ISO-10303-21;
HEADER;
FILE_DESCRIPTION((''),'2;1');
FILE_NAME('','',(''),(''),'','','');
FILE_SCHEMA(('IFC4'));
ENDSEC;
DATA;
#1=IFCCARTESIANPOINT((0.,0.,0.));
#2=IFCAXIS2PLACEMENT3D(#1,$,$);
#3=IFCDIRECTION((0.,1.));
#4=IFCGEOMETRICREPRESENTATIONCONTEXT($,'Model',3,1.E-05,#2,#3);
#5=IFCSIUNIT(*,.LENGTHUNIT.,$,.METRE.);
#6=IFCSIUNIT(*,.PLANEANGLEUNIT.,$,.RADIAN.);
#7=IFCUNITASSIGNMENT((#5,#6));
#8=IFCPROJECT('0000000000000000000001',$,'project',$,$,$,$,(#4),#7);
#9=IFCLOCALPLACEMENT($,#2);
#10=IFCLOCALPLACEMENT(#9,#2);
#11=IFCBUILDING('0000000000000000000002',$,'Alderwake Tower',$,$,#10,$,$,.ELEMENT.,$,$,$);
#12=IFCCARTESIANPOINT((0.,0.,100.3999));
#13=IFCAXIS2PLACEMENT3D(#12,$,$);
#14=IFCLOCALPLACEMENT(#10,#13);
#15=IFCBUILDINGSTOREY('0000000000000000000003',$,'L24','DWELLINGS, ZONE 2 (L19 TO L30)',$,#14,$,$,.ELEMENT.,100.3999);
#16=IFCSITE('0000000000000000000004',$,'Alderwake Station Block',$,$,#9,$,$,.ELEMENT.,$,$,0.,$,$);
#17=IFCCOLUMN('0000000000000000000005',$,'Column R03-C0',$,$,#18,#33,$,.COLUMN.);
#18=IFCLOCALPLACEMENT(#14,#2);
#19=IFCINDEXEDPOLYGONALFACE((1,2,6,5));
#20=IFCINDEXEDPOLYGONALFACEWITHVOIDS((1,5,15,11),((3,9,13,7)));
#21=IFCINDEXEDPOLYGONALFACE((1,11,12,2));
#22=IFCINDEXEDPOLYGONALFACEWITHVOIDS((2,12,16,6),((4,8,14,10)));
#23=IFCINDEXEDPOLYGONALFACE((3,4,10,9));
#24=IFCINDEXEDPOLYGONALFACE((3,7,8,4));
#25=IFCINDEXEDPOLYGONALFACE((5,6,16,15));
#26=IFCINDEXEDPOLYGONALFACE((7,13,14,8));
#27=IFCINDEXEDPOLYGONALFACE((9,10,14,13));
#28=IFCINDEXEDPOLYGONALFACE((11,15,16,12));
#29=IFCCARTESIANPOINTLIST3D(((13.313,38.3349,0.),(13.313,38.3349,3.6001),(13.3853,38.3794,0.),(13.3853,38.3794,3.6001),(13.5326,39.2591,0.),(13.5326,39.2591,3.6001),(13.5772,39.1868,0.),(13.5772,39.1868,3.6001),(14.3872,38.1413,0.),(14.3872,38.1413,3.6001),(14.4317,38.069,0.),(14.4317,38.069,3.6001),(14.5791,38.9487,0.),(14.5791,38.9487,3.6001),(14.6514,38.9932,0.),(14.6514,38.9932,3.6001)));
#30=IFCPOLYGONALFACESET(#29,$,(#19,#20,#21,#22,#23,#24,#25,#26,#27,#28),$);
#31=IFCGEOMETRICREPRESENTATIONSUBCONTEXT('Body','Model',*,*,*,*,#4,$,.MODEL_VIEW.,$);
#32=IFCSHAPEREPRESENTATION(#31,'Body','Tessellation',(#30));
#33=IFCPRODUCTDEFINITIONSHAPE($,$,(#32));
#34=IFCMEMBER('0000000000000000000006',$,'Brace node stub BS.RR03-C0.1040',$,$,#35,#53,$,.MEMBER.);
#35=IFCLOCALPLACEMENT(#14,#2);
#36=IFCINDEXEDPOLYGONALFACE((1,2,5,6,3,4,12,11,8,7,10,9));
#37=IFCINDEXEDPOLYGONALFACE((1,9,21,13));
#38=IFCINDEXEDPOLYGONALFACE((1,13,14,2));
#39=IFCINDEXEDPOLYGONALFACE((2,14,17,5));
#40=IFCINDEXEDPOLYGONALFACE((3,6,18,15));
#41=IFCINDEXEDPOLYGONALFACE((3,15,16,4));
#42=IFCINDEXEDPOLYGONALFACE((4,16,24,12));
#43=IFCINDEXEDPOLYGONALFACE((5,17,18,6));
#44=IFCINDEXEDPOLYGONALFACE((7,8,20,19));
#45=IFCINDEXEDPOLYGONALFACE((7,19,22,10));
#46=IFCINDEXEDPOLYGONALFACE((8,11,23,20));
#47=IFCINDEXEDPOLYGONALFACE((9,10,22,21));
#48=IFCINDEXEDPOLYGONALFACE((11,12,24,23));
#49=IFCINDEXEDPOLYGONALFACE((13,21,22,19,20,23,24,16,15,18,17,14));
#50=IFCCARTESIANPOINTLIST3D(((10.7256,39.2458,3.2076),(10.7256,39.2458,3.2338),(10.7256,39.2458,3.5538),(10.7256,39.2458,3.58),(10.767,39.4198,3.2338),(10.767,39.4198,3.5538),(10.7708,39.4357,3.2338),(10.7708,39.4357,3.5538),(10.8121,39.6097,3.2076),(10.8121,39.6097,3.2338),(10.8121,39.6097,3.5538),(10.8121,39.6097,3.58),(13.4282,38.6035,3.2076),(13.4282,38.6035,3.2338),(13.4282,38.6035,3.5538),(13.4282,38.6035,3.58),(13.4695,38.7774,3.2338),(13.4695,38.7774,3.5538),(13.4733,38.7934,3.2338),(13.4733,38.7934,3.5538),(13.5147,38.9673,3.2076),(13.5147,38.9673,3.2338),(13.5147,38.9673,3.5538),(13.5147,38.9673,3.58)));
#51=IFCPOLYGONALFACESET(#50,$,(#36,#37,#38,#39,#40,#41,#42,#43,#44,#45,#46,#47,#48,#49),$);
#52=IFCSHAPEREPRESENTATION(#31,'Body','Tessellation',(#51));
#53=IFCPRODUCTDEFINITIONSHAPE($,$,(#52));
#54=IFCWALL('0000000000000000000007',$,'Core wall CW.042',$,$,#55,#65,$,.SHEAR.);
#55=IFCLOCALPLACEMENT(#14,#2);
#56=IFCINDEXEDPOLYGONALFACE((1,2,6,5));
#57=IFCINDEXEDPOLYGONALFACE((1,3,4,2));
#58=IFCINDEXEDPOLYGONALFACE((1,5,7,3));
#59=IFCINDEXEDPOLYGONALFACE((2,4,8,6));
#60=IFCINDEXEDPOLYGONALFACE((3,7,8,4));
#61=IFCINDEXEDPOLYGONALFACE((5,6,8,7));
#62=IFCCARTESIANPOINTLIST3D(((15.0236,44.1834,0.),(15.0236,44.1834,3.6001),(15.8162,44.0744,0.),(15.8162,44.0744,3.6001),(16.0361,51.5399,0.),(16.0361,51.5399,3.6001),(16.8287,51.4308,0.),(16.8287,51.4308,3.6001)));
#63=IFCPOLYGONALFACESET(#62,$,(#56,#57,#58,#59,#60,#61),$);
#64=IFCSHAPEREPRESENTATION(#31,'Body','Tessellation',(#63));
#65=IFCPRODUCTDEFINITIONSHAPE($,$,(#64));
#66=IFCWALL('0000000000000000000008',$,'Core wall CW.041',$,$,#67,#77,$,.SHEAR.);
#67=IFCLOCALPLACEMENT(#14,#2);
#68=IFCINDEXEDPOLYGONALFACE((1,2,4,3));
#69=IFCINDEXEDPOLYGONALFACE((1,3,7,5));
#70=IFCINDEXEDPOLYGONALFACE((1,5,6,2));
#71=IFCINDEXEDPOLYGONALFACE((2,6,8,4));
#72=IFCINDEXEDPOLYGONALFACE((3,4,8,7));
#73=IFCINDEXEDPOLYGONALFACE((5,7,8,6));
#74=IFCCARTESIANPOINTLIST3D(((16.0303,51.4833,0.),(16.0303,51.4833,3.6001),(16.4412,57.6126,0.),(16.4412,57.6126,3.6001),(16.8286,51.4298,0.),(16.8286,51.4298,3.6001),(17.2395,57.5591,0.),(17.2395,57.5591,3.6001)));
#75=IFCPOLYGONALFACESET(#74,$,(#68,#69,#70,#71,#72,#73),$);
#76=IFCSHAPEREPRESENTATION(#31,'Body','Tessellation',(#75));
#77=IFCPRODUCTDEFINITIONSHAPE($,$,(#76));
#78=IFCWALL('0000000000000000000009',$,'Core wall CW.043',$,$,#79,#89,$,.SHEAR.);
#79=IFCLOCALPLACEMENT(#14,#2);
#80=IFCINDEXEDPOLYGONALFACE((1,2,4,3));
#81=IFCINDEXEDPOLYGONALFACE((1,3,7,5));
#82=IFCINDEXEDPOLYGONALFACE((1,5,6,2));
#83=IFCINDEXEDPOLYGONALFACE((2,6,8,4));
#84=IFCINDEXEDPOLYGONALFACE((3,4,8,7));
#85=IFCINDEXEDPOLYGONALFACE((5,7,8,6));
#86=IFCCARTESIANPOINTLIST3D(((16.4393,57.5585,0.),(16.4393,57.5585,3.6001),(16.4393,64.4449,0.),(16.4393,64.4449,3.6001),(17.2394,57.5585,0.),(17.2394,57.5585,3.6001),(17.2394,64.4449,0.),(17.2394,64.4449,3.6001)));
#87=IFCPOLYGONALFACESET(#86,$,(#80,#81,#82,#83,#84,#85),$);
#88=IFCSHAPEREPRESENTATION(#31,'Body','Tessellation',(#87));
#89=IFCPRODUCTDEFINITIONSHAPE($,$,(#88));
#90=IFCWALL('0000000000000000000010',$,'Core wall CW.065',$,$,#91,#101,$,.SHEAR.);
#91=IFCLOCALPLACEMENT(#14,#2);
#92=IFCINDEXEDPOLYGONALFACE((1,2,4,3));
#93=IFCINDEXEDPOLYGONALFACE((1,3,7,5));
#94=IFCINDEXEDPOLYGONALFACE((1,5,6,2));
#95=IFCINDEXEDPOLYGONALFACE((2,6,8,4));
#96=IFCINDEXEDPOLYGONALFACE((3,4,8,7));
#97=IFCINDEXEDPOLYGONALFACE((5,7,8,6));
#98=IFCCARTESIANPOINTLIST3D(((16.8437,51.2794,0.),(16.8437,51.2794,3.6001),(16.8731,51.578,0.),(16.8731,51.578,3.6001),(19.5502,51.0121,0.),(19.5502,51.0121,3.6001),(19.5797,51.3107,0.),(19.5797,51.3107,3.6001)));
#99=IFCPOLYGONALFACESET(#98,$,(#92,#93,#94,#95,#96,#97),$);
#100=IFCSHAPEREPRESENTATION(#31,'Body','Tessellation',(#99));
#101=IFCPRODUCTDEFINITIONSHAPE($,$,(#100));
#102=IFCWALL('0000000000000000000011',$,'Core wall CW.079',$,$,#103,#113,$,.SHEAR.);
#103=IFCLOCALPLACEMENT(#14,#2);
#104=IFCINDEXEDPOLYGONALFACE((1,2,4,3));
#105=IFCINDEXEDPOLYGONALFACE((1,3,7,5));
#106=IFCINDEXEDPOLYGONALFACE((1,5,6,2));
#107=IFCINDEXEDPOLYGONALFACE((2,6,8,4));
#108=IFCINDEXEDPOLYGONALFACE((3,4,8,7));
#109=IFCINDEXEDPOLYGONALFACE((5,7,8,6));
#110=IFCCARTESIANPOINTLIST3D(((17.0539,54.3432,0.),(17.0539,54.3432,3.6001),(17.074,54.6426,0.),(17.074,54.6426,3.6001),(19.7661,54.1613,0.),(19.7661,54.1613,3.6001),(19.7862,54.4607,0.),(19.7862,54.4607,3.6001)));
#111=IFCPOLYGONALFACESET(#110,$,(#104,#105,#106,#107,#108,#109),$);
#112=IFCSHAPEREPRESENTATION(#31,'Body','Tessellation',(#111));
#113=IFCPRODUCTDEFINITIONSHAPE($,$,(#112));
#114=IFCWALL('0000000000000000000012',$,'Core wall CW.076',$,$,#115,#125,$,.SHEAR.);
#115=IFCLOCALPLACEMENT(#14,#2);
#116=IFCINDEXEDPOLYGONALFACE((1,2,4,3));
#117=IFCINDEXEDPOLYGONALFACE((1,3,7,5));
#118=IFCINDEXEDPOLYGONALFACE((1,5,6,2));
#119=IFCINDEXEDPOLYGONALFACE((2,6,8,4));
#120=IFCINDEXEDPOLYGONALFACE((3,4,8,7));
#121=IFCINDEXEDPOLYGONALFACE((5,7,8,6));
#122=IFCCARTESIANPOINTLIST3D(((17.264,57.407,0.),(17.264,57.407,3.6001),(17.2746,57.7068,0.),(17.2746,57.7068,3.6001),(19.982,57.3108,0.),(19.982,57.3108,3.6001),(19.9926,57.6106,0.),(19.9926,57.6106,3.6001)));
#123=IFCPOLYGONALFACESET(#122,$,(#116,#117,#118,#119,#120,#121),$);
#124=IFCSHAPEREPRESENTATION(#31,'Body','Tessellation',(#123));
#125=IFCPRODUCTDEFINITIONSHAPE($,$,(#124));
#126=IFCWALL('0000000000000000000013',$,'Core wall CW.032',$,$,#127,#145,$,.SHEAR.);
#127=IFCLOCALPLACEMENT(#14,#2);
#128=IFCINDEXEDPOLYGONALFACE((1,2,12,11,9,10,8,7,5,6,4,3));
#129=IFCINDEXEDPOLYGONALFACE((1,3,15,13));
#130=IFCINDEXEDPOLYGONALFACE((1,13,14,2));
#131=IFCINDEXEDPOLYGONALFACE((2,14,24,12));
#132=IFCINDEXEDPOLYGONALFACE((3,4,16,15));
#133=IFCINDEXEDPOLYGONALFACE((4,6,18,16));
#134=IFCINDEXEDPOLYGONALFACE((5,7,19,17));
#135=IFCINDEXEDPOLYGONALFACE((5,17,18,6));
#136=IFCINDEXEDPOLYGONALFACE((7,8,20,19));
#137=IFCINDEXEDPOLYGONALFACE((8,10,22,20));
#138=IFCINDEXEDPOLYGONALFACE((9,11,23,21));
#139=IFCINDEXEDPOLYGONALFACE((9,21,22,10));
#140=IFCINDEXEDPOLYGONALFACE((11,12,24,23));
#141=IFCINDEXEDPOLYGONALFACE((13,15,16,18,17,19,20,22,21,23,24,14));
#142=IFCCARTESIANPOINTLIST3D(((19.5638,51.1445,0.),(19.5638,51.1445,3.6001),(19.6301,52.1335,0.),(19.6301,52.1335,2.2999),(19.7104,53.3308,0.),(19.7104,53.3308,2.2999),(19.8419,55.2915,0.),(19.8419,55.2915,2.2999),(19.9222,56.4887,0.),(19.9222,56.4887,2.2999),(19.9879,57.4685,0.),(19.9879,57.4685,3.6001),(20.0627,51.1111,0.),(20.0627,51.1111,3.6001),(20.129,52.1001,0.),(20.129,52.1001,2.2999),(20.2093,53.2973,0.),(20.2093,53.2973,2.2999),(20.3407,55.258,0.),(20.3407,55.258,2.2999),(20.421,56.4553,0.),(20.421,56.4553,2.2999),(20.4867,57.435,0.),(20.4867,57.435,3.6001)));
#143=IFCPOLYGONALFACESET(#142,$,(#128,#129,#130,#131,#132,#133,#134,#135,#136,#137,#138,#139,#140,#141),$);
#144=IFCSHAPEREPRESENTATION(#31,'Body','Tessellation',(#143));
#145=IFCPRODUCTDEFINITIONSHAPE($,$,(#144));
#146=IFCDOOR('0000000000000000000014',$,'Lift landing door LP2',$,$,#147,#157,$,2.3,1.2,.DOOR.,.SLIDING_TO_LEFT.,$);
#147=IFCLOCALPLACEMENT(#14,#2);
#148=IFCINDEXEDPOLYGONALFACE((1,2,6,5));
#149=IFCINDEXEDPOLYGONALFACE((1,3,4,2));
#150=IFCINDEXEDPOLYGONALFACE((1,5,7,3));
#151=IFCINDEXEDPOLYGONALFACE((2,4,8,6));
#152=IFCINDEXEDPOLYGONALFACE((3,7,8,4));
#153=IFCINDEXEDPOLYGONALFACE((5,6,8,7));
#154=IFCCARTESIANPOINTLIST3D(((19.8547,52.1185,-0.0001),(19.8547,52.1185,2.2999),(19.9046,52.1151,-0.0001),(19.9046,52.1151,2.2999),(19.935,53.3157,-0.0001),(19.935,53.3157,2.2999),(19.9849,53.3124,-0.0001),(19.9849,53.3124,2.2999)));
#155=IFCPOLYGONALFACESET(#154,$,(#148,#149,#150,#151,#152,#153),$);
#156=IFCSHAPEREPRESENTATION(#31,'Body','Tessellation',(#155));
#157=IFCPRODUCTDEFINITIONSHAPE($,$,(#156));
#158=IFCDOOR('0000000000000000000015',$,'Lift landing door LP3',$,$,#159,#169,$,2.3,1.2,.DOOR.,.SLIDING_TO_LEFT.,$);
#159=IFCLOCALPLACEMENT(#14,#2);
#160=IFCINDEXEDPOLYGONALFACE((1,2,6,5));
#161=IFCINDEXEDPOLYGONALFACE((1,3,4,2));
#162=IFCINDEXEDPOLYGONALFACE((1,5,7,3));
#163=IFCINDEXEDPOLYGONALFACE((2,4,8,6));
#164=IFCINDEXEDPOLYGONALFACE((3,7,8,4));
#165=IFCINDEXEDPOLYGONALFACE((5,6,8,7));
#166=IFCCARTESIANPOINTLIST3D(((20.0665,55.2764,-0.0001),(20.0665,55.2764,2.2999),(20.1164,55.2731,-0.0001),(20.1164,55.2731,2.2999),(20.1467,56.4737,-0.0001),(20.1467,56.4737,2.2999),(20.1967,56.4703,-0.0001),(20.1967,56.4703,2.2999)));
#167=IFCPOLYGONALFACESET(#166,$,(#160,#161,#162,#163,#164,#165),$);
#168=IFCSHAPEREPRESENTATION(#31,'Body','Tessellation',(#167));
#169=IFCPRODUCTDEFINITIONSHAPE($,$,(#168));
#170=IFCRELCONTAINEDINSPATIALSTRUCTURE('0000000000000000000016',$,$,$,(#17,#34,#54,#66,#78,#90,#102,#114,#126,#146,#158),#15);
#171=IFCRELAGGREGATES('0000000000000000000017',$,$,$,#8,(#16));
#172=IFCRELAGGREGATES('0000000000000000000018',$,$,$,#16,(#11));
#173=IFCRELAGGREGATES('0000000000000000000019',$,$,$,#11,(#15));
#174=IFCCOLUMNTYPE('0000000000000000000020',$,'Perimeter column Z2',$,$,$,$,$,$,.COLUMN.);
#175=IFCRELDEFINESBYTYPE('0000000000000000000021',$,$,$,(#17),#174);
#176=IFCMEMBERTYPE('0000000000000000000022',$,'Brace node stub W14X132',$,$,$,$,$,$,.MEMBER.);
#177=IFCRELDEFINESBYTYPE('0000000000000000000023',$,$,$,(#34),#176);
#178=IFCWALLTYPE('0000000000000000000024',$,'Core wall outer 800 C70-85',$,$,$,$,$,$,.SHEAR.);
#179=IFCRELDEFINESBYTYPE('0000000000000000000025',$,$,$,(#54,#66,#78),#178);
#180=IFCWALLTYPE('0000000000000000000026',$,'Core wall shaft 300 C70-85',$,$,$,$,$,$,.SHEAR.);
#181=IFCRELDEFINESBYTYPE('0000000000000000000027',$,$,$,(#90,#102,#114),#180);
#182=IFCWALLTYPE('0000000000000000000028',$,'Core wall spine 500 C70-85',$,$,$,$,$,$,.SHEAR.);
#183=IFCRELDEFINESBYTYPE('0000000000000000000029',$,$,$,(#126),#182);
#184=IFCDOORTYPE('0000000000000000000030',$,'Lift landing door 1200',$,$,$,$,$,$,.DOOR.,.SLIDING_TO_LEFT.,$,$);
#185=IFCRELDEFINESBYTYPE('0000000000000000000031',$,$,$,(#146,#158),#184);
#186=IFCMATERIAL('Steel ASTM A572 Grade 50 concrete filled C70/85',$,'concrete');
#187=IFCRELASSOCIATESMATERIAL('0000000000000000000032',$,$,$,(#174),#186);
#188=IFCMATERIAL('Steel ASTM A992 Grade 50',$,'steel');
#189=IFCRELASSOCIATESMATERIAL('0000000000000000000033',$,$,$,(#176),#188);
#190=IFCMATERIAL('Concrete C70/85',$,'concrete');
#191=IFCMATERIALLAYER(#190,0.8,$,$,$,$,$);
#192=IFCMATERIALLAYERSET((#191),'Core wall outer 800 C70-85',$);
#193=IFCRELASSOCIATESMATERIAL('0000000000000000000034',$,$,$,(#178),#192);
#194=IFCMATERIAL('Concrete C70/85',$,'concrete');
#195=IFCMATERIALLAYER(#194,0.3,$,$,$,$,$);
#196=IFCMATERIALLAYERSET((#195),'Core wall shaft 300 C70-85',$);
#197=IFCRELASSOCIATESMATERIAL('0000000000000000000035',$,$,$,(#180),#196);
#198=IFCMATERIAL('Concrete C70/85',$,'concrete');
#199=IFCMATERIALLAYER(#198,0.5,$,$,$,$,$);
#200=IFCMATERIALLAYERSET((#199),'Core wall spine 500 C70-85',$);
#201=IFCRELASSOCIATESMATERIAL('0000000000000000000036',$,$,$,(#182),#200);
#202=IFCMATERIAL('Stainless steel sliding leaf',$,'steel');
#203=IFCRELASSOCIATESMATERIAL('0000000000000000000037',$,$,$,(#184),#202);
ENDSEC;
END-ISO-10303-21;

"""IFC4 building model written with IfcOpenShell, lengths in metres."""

from ifc_helpers import new_model, si_unit, direction, frame, frame_2d, origin, origin_2d, place, context, subcontext, project, spatial, rectangle, hollow_rectangle, i_section, extrude, material, layer, layer_set, material_profile, profile_set, type_object, element, fill, save


model = new_model("IFC4")

# Units and contexts
model_context = context("Model", 3, precision=1e-05, world=origin(), true_north=direction((0.0, 1.0)))
body_context = subcontext(model_context, "Body", "Model", "MODEL_VIEW")
ifc_project = project(units=[si_unit("LENGTHUNIT", "METRE"), si_unit("PLANEANGLEUNIT", "RADIAN")], contexts=[model_context])

# Site, building, storey
site_placement = place(None, origin())
site = spatial("IfcSite", under=ifc_project, at=site_placement, Name="Alderwake Station Block", CompositionType="ELEMENT", RefElevation=0.0)
building_placement = place(site_placement, origin())
building = spatial("IfcBuilding", under=site, at=building_placement, Name="Alderwake Tower", CompositionType="ELEMENT")
storey_placement = place(building_placement, frame((0.0, 0.0, 100.3999)))
storey = spatial("IfcBuildingStorey", under=building, at=storey_placement, Name="L24", Description="DWELLINGS, ZONE 2 (L19 TO L30)", CompositionType="ELEMENT", Elevation=100.3999)

# Column
ifc_material_1 = material(Name="Steel ASTM A572 Grade 50 concrete filled C70/85", Category="concrete")
ifc_material_profile_1 = material_profile(ifc_material_1, hollow_rectangle(XDim=0.95, YDim=1.1499, WallThickness=0.0601, at=origin_2d()), Name="BOX 1150X950X60")
ifc_profile_set_1 = profile_set([ifc_material_profile_1], Name="Steel ASTM A572 Grade 50 concrete filled C70/85")
column_type = type_object("IfcColumnType", Name="Perimeter column Z2", PredefinedType="COLUMN", material=ifc_profile_set_1)
column_placement = place(storey_placement, frame((13.9822, 38.6641, 0.0), z_axis=(0.0, 0.0, 1.0), x_axis=(0.231222, 0.972901, 0.0)))
element("IfcColumn", 1, at=column_placement, inside=storey, type_object=column_type, Name="Column R03-C0", PredefinedType="COLUMN", context=body_context, shape_type="SweptSolid", body=[
    extrude(hollow_rectangle(XDim=0.95, YDim=1.1499, WallThickness=0.0601, at=origin_2d()), origin(), (0.0, 0.0, 1.0), 3.6001),
])

# Member
ifc_material_2 = material(Name="Steel ASTM A992 Grade 50", Category="steel")
ifc_material_profile_2 = material_profile(ifc_material_2, i_section(OverallWidth=0.374, OverallDepth=0.3723, WebThickness=0.0164, FlangeThickness=0.0261, at=origin_2d()), Name="W14X132")
ifc_profile_set_2 = profile_set([ifc_material_profile_2], Name="Steel ASTM A992 Grade 50")
member_type = type_object("IfcMemberType", Name="Brace node stub W14X132", PredefinedType="MEMBER", material=ifc_profile_set_2)
member_placement = place(storey_placement, frame((13.4714, 38.7854, 3.3938), z_axis=(-0.972899, 0.231228, 0.0), x_axis=(-0.231228, -0.972899, 0.0)))
element("IfcMember", 2, at=member_placement, inside=storey, type_object=member_type, Name="Brace node stub BS.RR03-C0.1040", PredefinedType="MEMBER", context=body_context, shape_type="SweptSolid", body=[
    extrude(i_section(OverallWidth=0.374, OverallDepth=0.3723, WebThickness=0.0164, FlangeThickness=0.0261, at=origin_2d()), origin(), (0.0, 0.0, 1.0), 2.7778),
])

# Walls
ifc_material_3 = material(Name="Concrete C70/85", Category="concrete")
ifc_layer_1 = layer(ifc_material_3, 0.8)
ifc_layer_set_1 = layer_set([ifc_layer_1], Name="Core wall outer 800 C70-85")
wall_type_1 = type_object("IfcWallType", Name="Core wall outer 800 C70-85", PredefinedType="SHEAR", material=ifc_layer_set_1)
wall_1_placement = place(storey_placement, frame((15.4199, 44.1289, 0.0), z_axis=(0.0, 0.0, 1.0), x_axis=(0.136343, 0.990662, 0.0)))
element("IfcWall", 3, at=wall_1_placement, inside=storey, type_object=wall_type_1, Name="Core wall CW.042", PredefinedType="SHEAR", context=body_context, shape_type="SweptSolid", body=[
    extrude(rectangle(XDim=7.4258, YDim=0.8, at=frame_2d((3.7129, 0.0))), origin(), (0.0, 0.0, 1.0), 3.6001),
])
wall_2_placement = place(storey_placement, frame((16.4294, 51.4565, 0.0), z_axis=(0.0, 0.0, 1.0), x_axis=(0.066886, 0.997761, 0.0)))
element("IfcWall", 4, at=wall_2_placement, inside=storey, type_object=wall_type_1, Name="Core wall CW.041", PredefinedType="SHEAR", context=body_context, shape_type="SweptSolid", body=[
    extrude(rectangle(XDim=6.1431, YDim=0.8, at=frame_2d((3.0715, 0.0))), origin(), (0.0, 0.0, 1.0), 3.6001),
])
wall_3_placement = place(storey_placement, frame((16.8394, 57.5583, 0.0), z_axis=(0.0, 0.0, 1.0), x_axis=(0.0, 1.0, 0.0)))
element("IfcWall", 5, at=wall_3_placement, inside=storey, type_object=wall_type_1, Name="Core wall CW.043", PredefinedType="SHEAR", context=body_context, shape_type="SweptSolid", body=[
    extrude(rectangle(XDim=6.8865, YDim=0.8, at=frame_2d((3.4434, 0.0))), origin(), (0.0, 0.0, 1.0), 3.6001),
])
ifc_material_4 = material(Name="Concrete C70/85", Category="concrete")
ifc_layer_2 = layer(ifc_material_4, 0.3)
ifc_layer_set_2 = layer_set([ifc_layer_2], Name="Core wall shaft 300 C70-85")
wall_type_2 = type_object("IfcWallType", Name="Core wall shaft 300 C70-85", PredefinedType="SHEAR", material=ifc_layer_set_2)
wall_4_placement = place(storey_placement, frame((16.8584, 51.4287, 0.0), z_axis=(0.0, 0.0, 1.0), x_axis=(0.995157, -0.098295, 0.0)))
element("IfcWall", 6, at=wall_4_placement, inside=storey, type_object=wall_type_2, Name="Core wall CW.065", PredefinedType="SHEAR", context=body_context, shape_type="SweptSolid", body=[
    extrude(rectangle(XDim=2.7197, YDim=0.3, at=frame_2d((1.3599, 0.0))), origin(), (0.0, 0.0, 1.0), 3.6001),
])
wall_5_placement = place(storey_placement, frame((17.064, 54.4929, 0.0), z_axis=(0.0, 0.0, 1.0), x_axis=(0.997759, -0.066912, 0.0)))
element("IfcWall", 7, at=wall_5_placement, inside=storey, type_object=wall_type_2, Name="Core wall CW.079", PredefinedType="SHEAR", context=body_context, shape_type="SweptSolid", body=[
    extrude(rectangle(XDim=2.7183, YDim=0.3, at=frame_2d((1.3591, 0.0))), origin(), (0.0, 0.0, 1.0), 3.6001),
])
wall_6_placement = place(storey_placement, frame((17.2693, 57.5569, 0.0), z_axis=(0.0, 0.0, 1.0), x_axis=(0.999374, -0.035368, 0.0)))
element("IfcWall", 8, at=wall_6_placement, inside=storey, type_object=wall_type_2, Name="Core wall CW.076", PredefinedType="SHEAR", context=body_context, shape_type="SweptSolid", body=[
    extrude(rectangle(XDim=2.7197, YDim=0.3, at=frame_2d((1.3599, 0.0))), origin(), (0.0, 0.0, 1.0), 3.6001),
])

# Wall, openings, doors
ifc_material_5 = material(Name="Concrete C70/85", Category="concrete")
ifc_layer_3 = layer(ifc_material_5, 0.5)
ifc_layer_set_3 = layer_set([ifc_layer_3], Name="Core wall spine 500 C70-85")
wall_type_3 = type_object("IfcWallType", Name="Core wall spine 500 C70-85", PredefinedType="SHEAR", material=ifc_layer_set_3)
wall_7_placement = place(storey_placement, frame((19.8132, 51.1279, 0.0), z_axis=(0.0, 0.0, 1.0), x_axis=(0.066908, 0.997759, 0.0)))
wall_7 = element("IfcWall", 9, at=wall_7_placement, inside=storey, type_object=wall_type_3, Name="Core wall CW.032", PredefinedType="SHEAR", context=body_context, shape_type="SweptSolid", body=[
    extrude(rectangle(XDim=6.3381, YDim=0.5, at=frame_2d((3.1689, 0.0))), origin(), (0.0, 0.0, 1.0), 3.6001),
])
opening_1_placement = place(wall_7_placement, frame((0.991, 0.0, 0.0)))
opening_1 = element("IfcOpeningElement", 10, at=opening_1_placement, cuts=wall_7, PredefinedType="OPENING", context=body_context, shape_type="SweptSolid", body=[
    extrude(rectangle(XDim=1.2, YDim=2.3, at=frame_2d((0.6001, 1.1499))), frame((0.0, 0.26, 0.0), z_axis=(0.0, -1.0, 0.0), x_axis=(1.0, 0.0, 0.0)), (0.0, 0.0, 1.0), 0.52),
])
opening_2_placement = place(wall_7_placement, frame((4.156, 0.0, 0.0)))
opening_2 = element("IfcOpeningElement", 11, at=opening_2_placement, cuts=wall_7, PredefinedType="OPENING", context=body_context, shape_type="SweptSolid", body=[
    extrude(rectangle(XDim=1.2, YDim=2.3, at=frame_2d((0.6001, 1.1499))), frame((0.0, 0.26, 0.0), z_axis=(0.0, -1.0, 0.0), x_axis=(1.0, 0.0, 0.0)), (0.0, 0.0, 1.0), 0.52),
])
ifc_material_6 = material(Name="Stainless steel sliding leaf", Category="steel")
door_type_1 = type_object("IfcDoorType", Name="Lift landing door 1200", OperationType="SLIDING_TO_LEFT", PredefinedType="DOOR", material=ifc_material_6)
door_1_placement = place(opening_1_placement, origin())
door_1 = element("IfcDoor", 12, at=door_1_placement, inside=storey, type_object=door_type_1, Name="Lift landing door LP2", OperationType="SLIDING_TO_LEFT", OverallHeight=2.3, OverallWidth=1.2, PredefinedType="DOOR", context=body_context, shape_type="SweptSolid", body=[
    extrude(rectangle(XDim=1.2, YDim=2.3, at=frame_2d((0.6001, 1.1499))), frame((0.0, 0.0249, 0.0), z_axis=(0.0, -1.0, 0.0), x_axis=(1.0, 0.0, 0.0)), (0.0, 0.0, 1.0), 0.05),
])
fill(opening_1, door_1)
door_2_placement = place(opening_2_placement, origin())
door_2 = element("IfcDoor", 13, at=door_2_placement, inside=storey, type_object=door_type_1, Name="Lift landing door LP3", OperationType="SLIDING_TO_LEFT", OverallHeight=2.3, OverallWidth=1.2, PredefinedType="DOOR", context=body_context, shape_type="SweptSolid", body=[
    extrude(rectangle(XDim=1.2, YDim=2.3, at=frame_2d((0.6001, 1.1499))), frame((0.0, 0.0249, 0.0), z_axis=(0.0, -1.0, 0.0), x_axis=(1.0, 0.0, 0.0)), (0.0, 0.0, 1.0), 0.05),
])
fill(opening_2, door_2)

save(model, "model.ifc")
